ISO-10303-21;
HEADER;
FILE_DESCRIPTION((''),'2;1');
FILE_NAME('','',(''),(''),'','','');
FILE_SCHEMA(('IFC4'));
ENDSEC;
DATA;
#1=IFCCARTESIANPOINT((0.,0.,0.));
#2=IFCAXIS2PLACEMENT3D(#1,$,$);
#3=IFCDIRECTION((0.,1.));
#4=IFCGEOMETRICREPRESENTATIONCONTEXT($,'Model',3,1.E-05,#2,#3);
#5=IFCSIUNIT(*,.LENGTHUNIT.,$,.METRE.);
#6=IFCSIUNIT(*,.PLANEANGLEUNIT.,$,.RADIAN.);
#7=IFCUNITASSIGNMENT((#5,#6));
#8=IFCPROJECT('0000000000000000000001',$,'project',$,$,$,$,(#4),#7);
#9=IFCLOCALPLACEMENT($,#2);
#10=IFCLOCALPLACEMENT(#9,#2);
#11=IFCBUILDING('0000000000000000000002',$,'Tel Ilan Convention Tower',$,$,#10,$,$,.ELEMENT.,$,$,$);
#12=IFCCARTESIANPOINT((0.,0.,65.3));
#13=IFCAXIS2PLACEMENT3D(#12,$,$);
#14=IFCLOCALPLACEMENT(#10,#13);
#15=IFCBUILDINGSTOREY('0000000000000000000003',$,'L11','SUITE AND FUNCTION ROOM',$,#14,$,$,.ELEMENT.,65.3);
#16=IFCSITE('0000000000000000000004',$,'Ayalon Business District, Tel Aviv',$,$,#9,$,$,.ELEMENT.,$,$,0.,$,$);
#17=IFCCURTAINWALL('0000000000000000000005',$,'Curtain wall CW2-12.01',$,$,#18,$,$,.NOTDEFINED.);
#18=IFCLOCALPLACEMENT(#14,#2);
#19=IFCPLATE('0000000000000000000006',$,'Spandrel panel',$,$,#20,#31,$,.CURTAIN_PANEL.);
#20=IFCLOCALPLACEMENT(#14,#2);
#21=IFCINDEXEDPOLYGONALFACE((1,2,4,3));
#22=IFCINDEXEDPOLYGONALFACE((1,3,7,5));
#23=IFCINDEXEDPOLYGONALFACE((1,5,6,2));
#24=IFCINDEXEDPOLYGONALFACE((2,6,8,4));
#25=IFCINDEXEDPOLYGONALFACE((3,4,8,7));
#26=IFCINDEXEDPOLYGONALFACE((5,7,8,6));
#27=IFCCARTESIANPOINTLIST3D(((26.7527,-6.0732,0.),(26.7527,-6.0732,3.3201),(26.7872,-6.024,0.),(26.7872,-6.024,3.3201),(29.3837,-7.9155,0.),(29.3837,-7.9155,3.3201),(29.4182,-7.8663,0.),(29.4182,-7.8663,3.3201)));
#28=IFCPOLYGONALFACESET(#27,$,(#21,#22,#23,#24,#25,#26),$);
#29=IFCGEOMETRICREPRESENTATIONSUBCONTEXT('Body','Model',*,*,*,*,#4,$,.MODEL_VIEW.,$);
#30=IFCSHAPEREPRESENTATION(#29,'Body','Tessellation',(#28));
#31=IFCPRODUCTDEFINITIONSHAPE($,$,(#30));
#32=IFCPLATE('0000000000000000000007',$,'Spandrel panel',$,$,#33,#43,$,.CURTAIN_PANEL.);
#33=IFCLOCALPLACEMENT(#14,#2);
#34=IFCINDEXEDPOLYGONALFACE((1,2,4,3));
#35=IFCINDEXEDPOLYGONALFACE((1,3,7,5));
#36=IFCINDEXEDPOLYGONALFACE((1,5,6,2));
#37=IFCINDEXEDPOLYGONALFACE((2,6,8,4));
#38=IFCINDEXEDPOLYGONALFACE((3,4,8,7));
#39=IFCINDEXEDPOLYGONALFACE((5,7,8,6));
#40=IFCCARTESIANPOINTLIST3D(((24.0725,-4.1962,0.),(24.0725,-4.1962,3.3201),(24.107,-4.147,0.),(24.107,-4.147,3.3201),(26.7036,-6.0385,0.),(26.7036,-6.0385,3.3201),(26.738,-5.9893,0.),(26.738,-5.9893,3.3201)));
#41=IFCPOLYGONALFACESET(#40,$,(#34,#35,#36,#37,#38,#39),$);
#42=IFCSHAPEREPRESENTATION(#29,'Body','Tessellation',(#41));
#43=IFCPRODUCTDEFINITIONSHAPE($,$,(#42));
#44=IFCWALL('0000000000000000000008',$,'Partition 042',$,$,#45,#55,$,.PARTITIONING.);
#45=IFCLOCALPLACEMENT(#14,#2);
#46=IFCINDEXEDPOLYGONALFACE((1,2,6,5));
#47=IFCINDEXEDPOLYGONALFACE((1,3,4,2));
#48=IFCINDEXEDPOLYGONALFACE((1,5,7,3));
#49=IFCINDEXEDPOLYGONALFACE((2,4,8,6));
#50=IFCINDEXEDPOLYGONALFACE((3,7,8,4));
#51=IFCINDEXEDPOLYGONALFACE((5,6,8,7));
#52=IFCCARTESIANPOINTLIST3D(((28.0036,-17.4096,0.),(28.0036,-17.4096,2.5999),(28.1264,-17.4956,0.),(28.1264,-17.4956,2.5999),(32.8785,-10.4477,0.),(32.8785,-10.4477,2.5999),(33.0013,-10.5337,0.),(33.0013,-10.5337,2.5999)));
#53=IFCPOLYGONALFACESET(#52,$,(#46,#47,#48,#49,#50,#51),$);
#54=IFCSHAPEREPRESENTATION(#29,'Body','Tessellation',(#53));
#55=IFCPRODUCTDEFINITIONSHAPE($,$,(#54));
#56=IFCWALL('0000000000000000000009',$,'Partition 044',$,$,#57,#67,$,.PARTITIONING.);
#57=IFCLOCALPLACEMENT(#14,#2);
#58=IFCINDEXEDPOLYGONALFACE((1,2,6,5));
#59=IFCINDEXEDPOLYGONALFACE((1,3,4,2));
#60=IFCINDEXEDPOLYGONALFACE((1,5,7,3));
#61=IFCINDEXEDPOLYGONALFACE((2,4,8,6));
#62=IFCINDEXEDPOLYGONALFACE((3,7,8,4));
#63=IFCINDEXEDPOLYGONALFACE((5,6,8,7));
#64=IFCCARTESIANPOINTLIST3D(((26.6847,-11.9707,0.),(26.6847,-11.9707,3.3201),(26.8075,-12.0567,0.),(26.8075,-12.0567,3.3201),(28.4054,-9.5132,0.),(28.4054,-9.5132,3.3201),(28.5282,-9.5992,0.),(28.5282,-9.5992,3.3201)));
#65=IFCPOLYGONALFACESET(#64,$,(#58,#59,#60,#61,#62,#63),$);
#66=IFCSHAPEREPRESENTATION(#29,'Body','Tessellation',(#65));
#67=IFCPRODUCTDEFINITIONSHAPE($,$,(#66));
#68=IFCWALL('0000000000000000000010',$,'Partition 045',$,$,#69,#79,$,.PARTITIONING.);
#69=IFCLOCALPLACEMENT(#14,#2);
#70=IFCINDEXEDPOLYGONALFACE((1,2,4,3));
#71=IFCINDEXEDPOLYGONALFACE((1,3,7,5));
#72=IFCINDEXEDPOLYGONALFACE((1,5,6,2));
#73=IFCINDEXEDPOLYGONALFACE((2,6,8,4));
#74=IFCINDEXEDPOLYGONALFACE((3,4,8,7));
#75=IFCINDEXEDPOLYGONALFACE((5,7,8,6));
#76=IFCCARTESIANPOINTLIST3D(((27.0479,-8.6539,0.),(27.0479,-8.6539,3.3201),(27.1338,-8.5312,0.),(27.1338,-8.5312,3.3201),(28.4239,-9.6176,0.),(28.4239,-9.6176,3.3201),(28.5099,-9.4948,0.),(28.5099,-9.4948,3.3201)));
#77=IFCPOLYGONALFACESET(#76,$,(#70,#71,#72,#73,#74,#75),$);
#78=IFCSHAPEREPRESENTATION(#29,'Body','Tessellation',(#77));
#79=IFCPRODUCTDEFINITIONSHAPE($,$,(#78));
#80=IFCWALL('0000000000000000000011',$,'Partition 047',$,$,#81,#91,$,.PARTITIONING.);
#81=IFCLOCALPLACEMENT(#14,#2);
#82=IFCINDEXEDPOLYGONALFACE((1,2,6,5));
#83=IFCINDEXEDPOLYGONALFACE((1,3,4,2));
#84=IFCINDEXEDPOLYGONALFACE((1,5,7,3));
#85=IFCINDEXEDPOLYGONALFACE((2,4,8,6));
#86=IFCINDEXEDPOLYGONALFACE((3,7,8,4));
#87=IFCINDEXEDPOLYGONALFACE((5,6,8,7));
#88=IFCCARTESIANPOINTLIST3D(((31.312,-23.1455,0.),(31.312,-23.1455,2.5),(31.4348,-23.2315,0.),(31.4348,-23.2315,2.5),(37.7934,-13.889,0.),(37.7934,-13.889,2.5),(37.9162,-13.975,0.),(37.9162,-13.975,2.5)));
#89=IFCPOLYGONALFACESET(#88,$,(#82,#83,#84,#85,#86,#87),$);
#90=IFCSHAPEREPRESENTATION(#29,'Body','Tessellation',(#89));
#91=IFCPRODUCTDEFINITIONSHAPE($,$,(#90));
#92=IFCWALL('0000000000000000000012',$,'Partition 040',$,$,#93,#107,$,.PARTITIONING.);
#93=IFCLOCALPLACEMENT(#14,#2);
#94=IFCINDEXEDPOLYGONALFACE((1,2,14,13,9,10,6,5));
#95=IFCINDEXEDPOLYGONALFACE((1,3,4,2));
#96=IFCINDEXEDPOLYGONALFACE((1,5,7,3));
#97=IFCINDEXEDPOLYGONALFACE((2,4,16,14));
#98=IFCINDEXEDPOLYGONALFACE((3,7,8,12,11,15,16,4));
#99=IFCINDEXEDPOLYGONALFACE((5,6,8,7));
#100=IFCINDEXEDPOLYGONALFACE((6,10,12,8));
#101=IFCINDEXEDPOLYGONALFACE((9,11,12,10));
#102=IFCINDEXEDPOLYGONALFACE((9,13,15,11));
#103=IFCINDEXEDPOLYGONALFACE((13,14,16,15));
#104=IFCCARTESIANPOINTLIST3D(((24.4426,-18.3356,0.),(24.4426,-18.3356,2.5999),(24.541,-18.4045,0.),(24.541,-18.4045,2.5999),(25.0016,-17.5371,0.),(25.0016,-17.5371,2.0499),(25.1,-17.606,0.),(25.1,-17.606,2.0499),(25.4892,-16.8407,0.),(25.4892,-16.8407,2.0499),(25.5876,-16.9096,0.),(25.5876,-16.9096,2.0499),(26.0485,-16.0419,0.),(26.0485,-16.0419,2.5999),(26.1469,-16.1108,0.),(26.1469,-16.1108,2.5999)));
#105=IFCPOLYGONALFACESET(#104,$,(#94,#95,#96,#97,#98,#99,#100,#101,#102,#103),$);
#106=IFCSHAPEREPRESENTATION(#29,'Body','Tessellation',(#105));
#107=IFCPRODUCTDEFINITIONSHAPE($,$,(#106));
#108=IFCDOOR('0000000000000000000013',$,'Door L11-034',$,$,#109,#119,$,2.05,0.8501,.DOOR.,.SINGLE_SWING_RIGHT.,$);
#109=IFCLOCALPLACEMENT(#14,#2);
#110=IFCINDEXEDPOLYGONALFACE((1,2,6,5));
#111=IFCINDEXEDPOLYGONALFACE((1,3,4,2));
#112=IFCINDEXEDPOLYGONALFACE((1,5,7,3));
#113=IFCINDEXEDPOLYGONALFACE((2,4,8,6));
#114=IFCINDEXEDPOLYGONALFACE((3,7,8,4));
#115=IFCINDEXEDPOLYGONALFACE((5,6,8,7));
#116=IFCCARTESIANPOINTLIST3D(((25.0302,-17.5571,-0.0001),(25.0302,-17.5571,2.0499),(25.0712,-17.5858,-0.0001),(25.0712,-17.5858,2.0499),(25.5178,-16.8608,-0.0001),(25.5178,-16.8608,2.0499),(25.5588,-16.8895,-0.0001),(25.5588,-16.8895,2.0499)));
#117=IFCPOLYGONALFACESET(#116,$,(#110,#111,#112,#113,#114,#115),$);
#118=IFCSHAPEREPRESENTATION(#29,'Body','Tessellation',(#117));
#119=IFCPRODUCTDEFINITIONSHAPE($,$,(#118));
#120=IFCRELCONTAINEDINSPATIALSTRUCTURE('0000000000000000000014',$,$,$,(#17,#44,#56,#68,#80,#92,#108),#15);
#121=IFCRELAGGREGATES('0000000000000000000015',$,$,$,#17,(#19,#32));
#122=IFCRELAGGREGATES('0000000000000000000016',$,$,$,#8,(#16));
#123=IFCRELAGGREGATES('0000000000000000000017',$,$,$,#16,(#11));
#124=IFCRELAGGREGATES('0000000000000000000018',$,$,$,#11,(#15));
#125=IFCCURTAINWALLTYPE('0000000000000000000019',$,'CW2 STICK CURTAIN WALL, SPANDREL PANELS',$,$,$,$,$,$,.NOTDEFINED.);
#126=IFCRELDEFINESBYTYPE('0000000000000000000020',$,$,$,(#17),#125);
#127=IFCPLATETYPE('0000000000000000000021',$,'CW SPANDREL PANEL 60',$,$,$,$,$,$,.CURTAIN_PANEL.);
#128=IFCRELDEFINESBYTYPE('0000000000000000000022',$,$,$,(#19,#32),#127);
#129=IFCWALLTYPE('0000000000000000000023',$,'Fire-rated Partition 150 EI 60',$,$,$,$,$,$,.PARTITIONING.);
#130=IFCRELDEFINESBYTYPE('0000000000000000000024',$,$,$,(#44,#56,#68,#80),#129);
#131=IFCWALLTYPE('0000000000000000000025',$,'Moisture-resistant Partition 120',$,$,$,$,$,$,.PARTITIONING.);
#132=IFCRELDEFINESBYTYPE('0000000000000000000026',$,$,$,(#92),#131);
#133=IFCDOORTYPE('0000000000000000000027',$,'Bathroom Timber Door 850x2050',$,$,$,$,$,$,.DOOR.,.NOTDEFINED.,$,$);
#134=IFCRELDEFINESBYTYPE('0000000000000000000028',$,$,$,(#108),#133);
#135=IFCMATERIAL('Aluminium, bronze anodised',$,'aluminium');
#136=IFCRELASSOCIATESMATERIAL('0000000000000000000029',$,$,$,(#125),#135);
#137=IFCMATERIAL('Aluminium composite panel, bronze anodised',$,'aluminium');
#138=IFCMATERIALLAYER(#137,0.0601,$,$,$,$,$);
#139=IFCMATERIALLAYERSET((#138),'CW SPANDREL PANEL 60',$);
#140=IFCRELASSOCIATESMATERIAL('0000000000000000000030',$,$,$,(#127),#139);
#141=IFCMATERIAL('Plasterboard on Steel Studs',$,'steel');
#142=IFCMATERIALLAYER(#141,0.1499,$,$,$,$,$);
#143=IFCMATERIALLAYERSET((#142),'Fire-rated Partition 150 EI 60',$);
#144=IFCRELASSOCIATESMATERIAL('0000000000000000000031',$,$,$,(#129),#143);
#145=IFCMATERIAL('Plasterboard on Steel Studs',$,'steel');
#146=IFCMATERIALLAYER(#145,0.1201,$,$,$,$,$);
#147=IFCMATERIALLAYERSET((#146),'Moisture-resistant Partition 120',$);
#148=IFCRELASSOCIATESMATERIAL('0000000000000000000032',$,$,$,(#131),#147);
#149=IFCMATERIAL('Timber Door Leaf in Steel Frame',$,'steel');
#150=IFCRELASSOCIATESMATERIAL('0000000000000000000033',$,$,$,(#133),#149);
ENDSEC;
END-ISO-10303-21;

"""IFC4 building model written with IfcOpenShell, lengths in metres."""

from ifc_helpers import new_model, si_unit, direction, frame, frame_2d, origin, origin_2d, place, context, subcontext, project, spatial, rectangle, extrude, material, layer, layer_set, type_object, element, fill, aggregate, save


model = new_model("IFC4")

# Units and contexts
model_context = context("Model", 3, precision=1e-05, world=origin(), true_north=direction((0.0, 1.0)))
body_context = subcontext(model_context, "Body", "Model", "MODEL_VIEW")
ifc_project = project(units=[si_unit("LENGTHUNIT", "METRE"), si_unit("PLANEANGLEUNIT", "RADIAN")], contexts=[model_context])

# Site, building, storey
site_placement = place(None, origin())
site = spatial("IfcSite", under=ifc_project, at=site_placement, Name="Ayalon Business District, Tel Aviv", CompositionType="ELEMENT", RefElevation=0.0)
building_placement = place(site_placement, origin())
building = spatial("IfcBuilding", under=site, at=building_placement, Name="Tel Ilan Convention Tower", CompositionType="ELEMENT")
storey_placement = place(building_placement, frame((0.0, 0.0, 65.3)))
storey = spatial("IfcBuildingStorey", under=building, at=storey_placement, Name="L11", Description="SUITE AND FUNCTION ROOM", CompositionType="ELEMENT", Elevation=65.3)

# Curtain wall
ifc_material_1 = material(Name="Aluminium, bronze anodised", Category="aluminium")
curtain_wall_type_1 = type_object("IfcCurtainWallType", Name="CW2 STICK CURTAIN WALL, SPANDREL PANELS", PredefinedType="NOTDEFINED", material=ifc_material_1)
curtain_wall_1_placement = place(storey_placement, origin())
curtain_wall_1 = element("IfcCurtainWall", 1, at=curtain_wall_1_placement, inside=storey, type_object=curtain_wall_type_1, Name="Curtain wall CW2-12.01", PredefinedType="NOTDEFINED")

# Plates
ifc_material_2 = material(Name="Aluminium composite panel, bronze anodised", Category="aluminium")
ifc_layer_1 = layer(ifc_material_2, 0.0601)
ifc_layer_set_1 = layer_set([ifc_layer_1], Name="CW SPANDREL PANEL 60")
plate_type_1 = type_object("IfcPlateType", Name="CW SPANDREL PANEL 60", PredefinedType="CURTAIN_PANEL", material=ifc_layer_set_1)
plate_1_placement = place(storey_placement, frame((28.0854, -6.9697, 0.0), z_axis=(0.0, 0.0, 1.0), x_axis=(-0.819152, 0.573576, 0.0)))
plate_1 = element("IfcPlate", 2, at=plate_1_placement, type_object=plate_type_1, Name="Spandrel panel", PredefinedType="CURTAIN_PANEL", context=body_context, shape_type="SweptSolid", body=[
    extrude(rectangle(XDim=3.2119, YDim=0.0601, at=origin_2d()), origin(), (0.0, 0.0, 1.0), 3.3201),
])
plate_2_placement = place(storey_placement, frame((25.4053, -5.0928, 0.0), z_axis=(0.0, 0.0, 1.0), x_axis=(-0.819152, 0.573576, 0.0)))
plate_2 = element("IfcPlate", 3, at=plate_2_placement, type_object=plate_type_1, Name="Spandrel panel", PredefinedType="CURTAIN_PANEL", context=body_context, shape_type="SweptSolid", body=[
    extrude(rectangle(XDim=3.2119, YDim=0.0601, at=origin_2d()), origin(), (0.0, 0.0, 1.0), 3.3201),
])
aggregate(curtain_wall_1, [plate_1, plate_2])

# Walls
ifc_material_3 = material(Name="Plasterboard on Steel Studs", Category="steel")
ifc_layer_2 = layer(ifc_material_3, 0.1499)
ifc_layer_set_2 = layer_set([ifc_layer_2], Name="Fire-rated Partition 150 EI 60")
wall_type_1 = type_object("IfcWallType", Name="Fire-rated Partition 150 EI 60", PredefinedType="PARTITIONING", material=ifc_layer_set_2)
wall_1_placement = place(storey_placement, frame((32.9399, -10.4907, 0.0), z_axis=(0.0, 0.0, 1.0), x_axis=(-0.573593, -0.81914, 0.0)))
element("IfcWall", 4, at=wall_1_placement, inside=storey, type_object=wall_type_1, Name="Partition 042", PredefinedType="PARTITIONING", context=body_context, shape_type="SweptSolid", body=[
    extrude(rectangle(XDim=8.499, YDim=0.1499, at=frame_2d((4.2495, 0.0))), origin(), (0.0, 0.0, 1.0), 2.5999),
])
wall_2_placement = place(storey_placement, frame((26.7461, -12.0137, 0.0), z_axis=(0.0, 0.0, 1.0), x_axis=(0.573561, 0.819163, 0.0)))
element("IfcWall", 5, at=wall_2_placement, inside=storey, type_object=wall_type_1, Name="Partition 044", PredefinedType="PARTITIONING", context=body_context, shape_type="SweptSolid", body=[
    extrude(rectangle(XDim=3.0, YDim=0.1499, at=frame_2d((1.5, 0.0))), origin(), (0.0, 0.0, 1.0), 3.3201),
])
wall_3_placement = place(storey_placement, frame((28.4668, -9.5562, 0.0), z_axis=(0.0, 0.0, 1.0), x_axis=(-0.819109, 0.573638, 0.0)))
element("IfcWall", 6, at=wall_3_placement, inside=storey, type_object=wall_type_1, Name="Partition 045", PredefinedType="PARTITIONING", context=body_context, shape_type="SweptSolid", body=[
    extrude(rectangle(XDim=1.6799, YDim=0.1499, at=frame_2d((0.8398, 0.0))), origin(), (0.0, 0.0, 1.0), 3.3201),
])
wall_4_placement = place(storey_placement, frame((37.8547, -13.9321, 0.0), z_axis=(0.0, 0.0, 1.0), x_axis=(-0.573571, -0.819156, 0.0)))
element("IfcWall", 7, at=wall_4_placement, inside=storey, type_object=wall_type_1, Name="Partition 047", PredefinedType="PARTITIONING", context=body_context, shape_type="SweptSolid", body=[
    extrude(rectangle(XDim=11.3, YDim=0.1499, at=frame_2d((5.6499, 0.0))), origin(), (0.0, 0.0, 1.0), 2.5),
])

# Wall, opening, door
ifc_material_4 = material(Name="Plasterboard on Steel Studs", Category="steel")
ifc_layer_3 = layer(ifc_material_4, 0.1201)
ifc_layer_set_3 = layer_set([ifc_layer_3], Name="Moisture-resistant Partition 120")
wall_type_2 = type_object("IfcWallType", Name="Moisture-resistant Partition 120", PredefinedType="PARTITIONING", material=ifc_layer_set_3)
wall_5_placement = place(storey_placement, frame((26.0977, -16.0764, 0.0), z_axis=(0.0, 0.0, 1.0), x_axis=(-0.57355, -0.81917, 0.0)))
wall_5 = element("IfcWall", 8, at=wall_5_placement, inside=storey, type_object=wall_type_2, Name="Partition 040", PredefinedType="PARTITIONING", context=body_context, shape_type="SweptSolid", body=[
    extrude(rectangle(XDim=2.8, YDim=0.1201, at=frame_2d((1.3999, 0.0))), origin(), (0.0, 0.0, 1.0), 2.5999),
])
opening_placement = place(wall_5_placement, frame((0.9751, 0.0, 0.0)))
opening = element("IfcOpeningElement", 9, at=opening_placement, cuts=wall_5, PredefinedType="OPENING", context=body_context, shape_type="SweptSolid", body=[
    extrude(rectangle(XDim=0.8501, YDim=2.05, at=frame_2d((0.425, 1.0249))), frame((0.0, 0.0701, 0.0), z_axis=(0.0, -1.0, 0.0), x_axis=(1.0, 0.0, 0.0)), (0.0, 0.0, 1.0), 0.1401),
])
ifc_material_5 = material(Name="Timber Door Leaf in Steel Frame", Category="steel")
door_type = type_object("IfcDoorType", Name="Bathroom Timber Door 850x2050", OperationType="NOTDEFINED", PredefinedType="DOOR", material=ifc_material_5)
door_placement = place(opening_placement, origin())
door = element("IfcDoor", 10, at=door_placement, inside=storey, type_object=door_type, Name="Door L11-034", OperationType="SINGLE_SWING_RIGHT", OverallHeight=2.05, OverallWidth=0.8501, PredefinedType="DOOR", context=body_context, shape_type="SweptSolid", body=[
    extrude(rectangle(XDim=0.8501, YDim=2.05, at=frame_2d((0.425, 1.0249))), frame((0.0, 0.0249, 0.0), z_axis=(0.0, -1.0, 0.0), x_axis=(1.0, 0.0, 0.0)), (0.0, 0.0, 1.0), 0.05),
])
fill(opening, door)

save(model, "model.ifc")
